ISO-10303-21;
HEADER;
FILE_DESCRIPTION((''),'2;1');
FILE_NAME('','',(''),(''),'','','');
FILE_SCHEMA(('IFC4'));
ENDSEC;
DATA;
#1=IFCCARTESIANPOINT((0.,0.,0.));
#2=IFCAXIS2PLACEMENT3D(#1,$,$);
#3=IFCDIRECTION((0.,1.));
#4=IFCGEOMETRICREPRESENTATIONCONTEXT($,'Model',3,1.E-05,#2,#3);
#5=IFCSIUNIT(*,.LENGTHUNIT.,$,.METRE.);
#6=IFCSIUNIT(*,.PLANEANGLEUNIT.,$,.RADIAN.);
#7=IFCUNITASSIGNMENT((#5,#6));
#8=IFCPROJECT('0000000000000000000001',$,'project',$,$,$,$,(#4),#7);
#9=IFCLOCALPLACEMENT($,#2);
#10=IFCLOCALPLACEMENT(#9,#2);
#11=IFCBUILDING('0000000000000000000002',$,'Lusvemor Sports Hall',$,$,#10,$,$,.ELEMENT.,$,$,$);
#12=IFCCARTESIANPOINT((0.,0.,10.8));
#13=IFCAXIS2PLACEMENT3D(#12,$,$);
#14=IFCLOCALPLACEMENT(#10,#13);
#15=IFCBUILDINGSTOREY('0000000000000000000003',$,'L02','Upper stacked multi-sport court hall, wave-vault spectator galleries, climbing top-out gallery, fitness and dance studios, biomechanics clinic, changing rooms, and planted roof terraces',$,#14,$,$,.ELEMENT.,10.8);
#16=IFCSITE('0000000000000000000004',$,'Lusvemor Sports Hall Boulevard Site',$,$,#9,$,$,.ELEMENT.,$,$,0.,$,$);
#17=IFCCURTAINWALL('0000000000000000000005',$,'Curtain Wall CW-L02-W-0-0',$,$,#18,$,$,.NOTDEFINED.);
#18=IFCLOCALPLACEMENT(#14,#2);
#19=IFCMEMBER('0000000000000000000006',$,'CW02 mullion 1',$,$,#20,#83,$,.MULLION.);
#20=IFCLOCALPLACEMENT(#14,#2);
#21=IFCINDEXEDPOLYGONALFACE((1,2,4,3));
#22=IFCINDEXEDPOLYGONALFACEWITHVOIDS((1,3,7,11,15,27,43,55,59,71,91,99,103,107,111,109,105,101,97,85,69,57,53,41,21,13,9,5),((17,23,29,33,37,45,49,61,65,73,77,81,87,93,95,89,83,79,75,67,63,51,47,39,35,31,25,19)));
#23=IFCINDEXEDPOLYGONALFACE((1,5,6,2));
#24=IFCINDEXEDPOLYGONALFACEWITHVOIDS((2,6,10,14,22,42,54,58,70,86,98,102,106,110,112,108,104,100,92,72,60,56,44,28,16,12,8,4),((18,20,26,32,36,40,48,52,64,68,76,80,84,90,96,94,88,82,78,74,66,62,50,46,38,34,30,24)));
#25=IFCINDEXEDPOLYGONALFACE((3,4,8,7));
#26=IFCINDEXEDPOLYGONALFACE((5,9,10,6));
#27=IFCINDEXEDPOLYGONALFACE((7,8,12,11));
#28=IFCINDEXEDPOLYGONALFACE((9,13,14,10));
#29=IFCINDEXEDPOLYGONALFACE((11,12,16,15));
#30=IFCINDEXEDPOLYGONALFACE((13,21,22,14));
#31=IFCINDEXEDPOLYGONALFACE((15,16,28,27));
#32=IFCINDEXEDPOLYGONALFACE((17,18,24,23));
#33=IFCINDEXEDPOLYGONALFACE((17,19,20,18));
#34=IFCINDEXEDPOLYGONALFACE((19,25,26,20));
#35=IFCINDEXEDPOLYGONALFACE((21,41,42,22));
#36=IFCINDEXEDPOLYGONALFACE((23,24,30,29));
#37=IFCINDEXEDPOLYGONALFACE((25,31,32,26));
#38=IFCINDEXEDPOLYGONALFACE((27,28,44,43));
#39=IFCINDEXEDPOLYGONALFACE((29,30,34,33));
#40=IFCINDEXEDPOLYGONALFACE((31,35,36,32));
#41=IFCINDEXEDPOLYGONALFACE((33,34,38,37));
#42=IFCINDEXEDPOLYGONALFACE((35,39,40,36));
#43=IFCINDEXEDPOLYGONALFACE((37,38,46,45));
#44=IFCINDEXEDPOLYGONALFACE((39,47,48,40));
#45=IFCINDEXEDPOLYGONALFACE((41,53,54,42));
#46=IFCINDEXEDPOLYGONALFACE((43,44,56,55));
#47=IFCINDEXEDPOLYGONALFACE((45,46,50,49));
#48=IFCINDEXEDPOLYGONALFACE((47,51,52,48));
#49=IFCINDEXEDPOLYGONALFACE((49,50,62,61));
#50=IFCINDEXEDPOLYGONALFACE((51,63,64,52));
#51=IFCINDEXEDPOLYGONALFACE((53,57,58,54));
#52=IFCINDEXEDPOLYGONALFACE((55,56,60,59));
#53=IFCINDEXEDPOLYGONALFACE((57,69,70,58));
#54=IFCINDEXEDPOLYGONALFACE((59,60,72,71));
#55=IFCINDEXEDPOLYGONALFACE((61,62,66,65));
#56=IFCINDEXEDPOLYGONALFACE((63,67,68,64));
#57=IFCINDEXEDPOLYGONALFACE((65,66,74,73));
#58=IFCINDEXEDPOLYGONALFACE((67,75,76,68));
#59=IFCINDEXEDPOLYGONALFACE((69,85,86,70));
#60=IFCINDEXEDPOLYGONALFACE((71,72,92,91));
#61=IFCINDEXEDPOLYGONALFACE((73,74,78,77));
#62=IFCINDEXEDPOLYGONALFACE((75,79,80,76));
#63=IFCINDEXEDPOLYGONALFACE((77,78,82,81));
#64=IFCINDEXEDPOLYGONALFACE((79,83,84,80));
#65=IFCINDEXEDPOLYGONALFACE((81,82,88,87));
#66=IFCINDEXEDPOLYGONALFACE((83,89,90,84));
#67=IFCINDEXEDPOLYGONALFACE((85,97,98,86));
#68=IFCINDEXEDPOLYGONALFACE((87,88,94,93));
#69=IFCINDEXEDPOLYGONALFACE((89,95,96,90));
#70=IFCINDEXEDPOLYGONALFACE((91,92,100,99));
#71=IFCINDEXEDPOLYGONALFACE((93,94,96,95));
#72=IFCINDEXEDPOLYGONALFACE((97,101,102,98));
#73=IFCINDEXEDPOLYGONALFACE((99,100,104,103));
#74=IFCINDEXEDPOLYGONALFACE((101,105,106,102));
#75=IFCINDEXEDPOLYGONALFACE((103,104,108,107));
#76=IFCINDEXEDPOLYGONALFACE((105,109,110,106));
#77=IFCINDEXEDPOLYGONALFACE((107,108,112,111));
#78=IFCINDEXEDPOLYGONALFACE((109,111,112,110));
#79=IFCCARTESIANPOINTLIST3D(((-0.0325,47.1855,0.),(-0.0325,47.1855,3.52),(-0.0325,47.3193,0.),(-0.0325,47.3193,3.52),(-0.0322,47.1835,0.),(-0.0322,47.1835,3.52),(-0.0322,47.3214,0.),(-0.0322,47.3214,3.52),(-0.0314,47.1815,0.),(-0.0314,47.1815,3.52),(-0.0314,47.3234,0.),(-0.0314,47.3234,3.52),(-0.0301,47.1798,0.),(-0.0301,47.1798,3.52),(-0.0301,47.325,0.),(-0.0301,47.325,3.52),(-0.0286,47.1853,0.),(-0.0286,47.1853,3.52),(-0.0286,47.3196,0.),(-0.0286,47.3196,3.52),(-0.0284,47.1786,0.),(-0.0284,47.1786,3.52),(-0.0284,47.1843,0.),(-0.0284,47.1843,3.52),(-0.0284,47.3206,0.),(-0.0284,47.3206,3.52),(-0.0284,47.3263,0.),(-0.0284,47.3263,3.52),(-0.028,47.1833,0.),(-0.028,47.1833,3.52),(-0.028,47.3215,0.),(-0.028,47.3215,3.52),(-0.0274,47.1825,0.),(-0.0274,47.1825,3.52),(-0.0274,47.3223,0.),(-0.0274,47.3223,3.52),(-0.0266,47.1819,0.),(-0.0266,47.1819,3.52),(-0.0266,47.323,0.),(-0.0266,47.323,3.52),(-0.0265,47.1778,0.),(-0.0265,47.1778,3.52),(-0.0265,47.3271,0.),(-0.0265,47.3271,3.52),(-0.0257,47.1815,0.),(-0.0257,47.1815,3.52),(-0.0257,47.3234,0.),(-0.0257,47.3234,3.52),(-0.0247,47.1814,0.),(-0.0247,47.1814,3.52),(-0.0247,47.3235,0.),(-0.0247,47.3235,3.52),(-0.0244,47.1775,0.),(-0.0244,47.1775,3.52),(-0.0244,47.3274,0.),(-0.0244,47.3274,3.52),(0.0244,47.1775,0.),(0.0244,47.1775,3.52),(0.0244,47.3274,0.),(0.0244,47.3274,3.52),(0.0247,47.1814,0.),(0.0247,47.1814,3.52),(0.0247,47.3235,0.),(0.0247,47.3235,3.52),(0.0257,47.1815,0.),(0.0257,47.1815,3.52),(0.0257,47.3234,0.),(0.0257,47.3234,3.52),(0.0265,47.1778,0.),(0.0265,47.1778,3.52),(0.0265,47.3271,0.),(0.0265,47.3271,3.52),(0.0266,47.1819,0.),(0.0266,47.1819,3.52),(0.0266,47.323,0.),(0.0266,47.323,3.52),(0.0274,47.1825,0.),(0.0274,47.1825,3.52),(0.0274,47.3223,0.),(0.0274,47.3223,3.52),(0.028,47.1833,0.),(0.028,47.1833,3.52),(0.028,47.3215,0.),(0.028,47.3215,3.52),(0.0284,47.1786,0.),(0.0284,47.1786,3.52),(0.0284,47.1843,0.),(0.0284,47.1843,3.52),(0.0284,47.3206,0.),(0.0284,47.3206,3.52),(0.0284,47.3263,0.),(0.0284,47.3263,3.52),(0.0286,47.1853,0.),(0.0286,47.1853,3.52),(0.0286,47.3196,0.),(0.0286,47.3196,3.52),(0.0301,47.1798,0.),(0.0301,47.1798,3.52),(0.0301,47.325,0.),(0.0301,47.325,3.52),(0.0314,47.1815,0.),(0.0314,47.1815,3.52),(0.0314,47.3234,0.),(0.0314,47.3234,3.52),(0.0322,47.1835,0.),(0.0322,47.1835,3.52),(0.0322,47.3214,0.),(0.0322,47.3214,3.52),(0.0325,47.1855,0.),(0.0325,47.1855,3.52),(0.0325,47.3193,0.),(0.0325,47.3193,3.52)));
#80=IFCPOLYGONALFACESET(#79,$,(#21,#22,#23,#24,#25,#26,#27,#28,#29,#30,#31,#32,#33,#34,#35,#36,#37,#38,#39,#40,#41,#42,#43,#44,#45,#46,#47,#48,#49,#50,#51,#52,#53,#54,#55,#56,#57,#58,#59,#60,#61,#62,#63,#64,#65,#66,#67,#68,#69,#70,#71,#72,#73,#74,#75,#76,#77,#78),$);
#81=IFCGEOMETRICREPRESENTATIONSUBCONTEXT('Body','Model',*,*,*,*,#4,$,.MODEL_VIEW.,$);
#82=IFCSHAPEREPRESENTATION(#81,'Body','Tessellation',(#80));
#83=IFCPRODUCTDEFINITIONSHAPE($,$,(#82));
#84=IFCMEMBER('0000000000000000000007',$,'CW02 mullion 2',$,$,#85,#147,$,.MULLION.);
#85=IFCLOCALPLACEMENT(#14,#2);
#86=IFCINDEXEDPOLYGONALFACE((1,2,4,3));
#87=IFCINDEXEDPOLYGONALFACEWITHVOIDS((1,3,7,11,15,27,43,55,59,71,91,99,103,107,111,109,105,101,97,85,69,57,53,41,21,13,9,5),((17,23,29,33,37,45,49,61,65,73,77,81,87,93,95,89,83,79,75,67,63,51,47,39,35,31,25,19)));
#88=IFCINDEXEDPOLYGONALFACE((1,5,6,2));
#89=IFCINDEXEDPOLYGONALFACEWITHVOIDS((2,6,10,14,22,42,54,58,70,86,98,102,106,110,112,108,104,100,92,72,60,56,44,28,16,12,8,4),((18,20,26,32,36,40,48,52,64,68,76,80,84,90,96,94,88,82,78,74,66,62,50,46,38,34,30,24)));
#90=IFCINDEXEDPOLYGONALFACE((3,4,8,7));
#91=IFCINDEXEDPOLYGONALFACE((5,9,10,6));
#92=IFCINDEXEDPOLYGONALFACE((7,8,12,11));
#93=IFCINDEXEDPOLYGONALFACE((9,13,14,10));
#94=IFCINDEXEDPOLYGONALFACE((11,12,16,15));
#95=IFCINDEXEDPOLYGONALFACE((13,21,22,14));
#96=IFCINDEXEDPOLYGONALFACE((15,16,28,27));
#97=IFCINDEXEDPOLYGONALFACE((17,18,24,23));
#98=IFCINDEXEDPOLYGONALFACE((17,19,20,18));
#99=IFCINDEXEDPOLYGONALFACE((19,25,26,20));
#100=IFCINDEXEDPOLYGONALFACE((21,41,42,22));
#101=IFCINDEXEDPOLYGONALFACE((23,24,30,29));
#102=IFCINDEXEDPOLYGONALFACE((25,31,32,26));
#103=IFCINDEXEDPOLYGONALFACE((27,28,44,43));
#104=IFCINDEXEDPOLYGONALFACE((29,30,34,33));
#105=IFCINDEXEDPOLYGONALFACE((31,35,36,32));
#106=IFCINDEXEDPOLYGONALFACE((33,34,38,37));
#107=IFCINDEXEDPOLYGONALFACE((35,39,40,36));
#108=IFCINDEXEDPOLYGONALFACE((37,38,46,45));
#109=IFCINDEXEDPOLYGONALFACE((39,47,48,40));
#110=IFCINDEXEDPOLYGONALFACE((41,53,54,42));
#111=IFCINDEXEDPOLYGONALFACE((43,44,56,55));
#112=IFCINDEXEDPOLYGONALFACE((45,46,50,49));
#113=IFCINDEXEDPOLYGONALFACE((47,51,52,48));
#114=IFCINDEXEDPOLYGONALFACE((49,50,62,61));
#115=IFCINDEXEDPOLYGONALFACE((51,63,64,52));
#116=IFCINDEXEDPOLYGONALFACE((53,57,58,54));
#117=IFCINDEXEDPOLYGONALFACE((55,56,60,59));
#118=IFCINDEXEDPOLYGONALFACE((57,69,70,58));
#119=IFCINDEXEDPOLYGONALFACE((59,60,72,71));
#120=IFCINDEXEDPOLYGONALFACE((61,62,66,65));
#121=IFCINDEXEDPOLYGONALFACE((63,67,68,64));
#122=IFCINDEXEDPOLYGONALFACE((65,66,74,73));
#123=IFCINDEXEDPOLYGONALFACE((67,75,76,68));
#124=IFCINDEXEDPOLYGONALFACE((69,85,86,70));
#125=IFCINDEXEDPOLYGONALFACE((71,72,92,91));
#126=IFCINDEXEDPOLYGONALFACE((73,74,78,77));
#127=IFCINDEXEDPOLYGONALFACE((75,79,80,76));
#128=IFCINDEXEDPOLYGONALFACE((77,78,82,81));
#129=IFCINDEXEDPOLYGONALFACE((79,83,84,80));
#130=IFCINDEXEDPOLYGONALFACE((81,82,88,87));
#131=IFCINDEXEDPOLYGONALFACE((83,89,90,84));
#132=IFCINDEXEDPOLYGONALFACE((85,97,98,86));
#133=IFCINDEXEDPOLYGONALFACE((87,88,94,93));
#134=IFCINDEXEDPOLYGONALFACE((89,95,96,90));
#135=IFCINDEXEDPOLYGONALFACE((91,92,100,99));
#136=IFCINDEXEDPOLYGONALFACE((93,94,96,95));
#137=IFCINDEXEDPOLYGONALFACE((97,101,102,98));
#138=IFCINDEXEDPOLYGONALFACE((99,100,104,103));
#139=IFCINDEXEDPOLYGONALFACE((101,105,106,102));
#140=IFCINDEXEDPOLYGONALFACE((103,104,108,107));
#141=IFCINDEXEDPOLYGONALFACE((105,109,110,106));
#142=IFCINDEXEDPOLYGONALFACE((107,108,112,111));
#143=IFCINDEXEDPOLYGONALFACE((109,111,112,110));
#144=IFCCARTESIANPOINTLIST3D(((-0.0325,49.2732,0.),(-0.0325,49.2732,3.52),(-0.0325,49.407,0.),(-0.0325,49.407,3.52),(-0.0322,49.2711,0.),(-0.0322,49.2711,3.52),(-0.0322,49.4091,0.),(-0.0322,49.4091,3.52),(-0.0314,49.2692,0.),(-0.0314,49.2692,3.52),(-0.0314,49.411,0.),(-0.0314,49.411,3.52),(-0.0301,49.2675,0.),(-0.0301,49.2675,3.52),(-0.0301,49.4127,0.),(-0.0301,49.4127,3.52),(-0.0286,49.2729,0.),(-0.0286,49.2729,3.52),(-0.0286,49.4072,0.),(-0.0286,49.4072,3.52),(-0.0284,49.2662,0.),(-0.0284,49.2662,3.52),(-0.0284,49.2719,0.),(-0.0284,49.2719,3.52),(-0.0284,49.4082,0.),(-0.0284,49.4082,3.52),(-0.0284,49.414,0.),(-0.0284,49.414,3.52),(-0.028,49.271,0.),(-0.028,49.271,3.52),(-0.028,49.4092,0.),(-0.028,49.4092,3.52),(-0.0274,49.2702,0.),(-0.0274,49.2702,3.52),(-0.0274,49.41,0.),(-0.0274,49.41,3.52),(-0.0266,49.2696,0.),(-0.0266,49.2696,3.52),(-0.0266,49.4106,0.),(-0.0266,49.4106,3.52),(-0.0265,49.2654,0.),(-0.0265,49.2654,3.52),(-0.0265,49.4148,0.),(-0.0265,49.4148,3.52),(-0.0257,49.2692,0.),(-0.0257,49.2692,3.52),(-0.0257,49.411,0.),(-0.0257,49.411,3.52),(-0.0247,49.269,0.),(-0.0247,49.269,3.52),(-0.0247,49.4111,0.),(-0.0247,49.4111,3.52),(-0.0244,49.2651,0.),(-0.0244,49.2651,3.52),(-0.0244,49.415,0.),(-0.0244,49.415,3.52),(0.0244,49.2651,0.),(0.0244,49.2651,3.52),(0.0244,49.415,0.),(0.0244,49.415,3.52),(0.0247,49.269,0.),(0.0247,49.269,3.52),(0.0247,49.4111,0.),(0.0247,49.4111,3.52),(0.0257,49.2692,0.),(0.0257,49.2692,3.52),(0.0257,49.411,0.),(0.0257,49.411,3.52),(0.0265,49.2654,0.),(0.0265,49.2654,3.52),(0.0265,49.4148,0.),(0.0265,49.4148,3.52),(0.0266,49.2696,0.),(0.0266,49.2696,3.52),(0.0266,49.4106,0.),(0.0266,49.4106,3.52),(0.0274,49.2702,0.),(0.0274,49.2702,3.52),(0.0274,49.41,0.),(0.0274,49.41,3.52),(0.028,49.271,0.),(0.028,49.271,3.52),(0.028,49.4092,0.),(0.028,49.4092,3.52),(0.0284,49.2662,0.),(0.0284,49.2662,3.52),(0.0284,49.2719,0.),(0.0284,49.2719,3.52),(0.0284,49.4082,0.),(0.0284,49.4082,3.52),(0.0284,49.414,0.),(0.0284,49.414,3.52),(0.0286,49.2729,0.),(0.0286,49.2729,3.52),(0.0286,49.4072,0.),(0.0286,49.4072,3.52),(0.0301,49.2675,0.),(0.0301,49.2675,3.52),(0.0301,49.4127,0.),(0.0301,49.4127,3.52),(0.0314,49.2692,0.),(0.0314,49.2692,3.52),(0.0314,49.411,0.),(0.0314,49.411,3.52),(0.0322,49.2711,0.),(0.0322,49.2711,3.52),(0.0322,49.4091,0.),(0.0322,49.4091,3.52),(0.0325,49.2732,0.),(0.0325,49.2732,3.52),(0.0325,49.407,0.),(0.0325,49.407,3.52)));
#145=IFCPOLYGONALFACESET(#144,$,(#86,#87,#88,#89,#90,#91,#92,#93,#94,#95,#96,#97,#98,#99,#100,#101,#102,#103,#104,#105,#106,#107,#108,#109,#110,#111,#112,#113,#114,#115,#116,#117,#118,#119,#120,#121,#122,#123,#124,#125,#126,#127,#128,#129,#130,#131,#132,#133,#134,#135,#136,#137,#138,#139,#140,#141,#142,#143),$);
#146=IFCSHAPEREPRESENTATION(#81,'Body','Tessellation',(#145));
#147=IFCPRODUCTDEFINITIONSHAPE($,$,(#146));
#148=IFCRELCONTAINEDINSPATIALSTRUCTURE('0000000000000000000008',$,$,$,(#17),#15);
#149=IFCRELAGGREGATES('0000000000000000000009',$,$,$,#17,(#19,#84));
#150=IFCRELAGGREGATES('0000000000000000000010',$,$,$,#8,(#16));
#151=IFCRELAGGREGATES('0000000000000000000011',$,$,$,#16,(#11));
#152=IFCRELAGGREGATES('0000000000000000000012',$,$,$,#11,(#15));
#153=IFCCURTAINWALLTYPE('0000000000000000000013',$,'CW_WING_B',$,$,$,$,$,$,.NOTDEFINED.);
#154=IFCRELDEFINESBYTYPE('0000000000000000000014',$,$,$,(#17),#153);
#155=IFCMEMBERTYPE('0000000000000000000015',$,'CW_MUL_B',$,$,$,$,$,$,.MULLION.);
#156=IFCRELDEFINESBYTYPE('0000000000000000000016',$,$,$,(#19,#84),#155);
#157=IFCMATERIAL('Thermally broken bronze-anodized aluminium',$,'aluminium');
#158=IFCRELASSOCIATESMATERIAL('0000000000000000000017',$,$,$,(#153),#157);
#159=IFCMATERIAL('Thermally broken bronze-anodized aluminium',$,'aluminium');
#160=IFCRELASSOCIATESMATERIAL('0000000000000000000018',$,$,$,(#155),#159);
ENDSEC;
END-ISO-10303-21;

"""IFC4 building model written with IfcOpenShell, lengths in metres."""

from ifc_helpers import new_model, si_unit, direction, frame, origin, origin_2d, place, context, subcontext, project, spatial, hollow_rectangle, extrude, material, material_profile, profile_set, type_object, element, aggregate, save


model = new_model("IFC4")

# Units and contexts
model_context = context("Model", 3, precision=1e-05, world=origin(), true_north=direction((0.0, 1.0)))
body_context = subcontext(model_context, "Body", "Model", "MODEL_VIEW")
ifc_project = project(units=[si_unit("LENGTHUNIT", "METRE"), si_unit("PLANEANGLEUNIT", "RADIAN")], contexts=[model_context])

# Site, building, storey
site_placement = place(None, origin())
site = spatial("IfcSite", under=ifc_project, at=site_placement, Name="Lusvemor Sports Hall Boulevard Site", CompositionType="ELEMENT", RefElevation=0.0)
building_placement = place(site_placement, origin())
building = spatial("IfcBuilding", under=site, at=building_placement, Name="Lusvemor Sports Hall", CompositionType="ELEMENT")
storey_placement = place(building_placement, frame((0.0, 0.0, 10.8)))
storey = spatial("IfcBuildingStorey", under=building, at=storey_placement, Name="L02", Description="Upper stacked multi-sport court hall, wave-vault spectator galleries, climbing top-out gallery, fitness and dance studios, biomechanics clinic, changing rooms, and planted roof terraces", CompositionType="ELEMENT", Elevation=10.8)

# Curtain wall, members
ifc_material_1 = material(Name="Thermally broken bronze-anodized aluminium", Category="aluminium")
curtain_wall_type = type_object("IfcCurtainWallType", Name="CW_WING_B", PredefinedType="NOTDEFINED", material=ifc_material_1)
curtain_wall_placement = place(storey_placement, origin())
curtain_wall = element("IfcCurtainWall", 1, at=curtain_wall_placement, inside=storey, type_object=curtain_wall_type, Name="Curtain Wall CW-L02-W-0-0", PredefinedType="NOTDEFINED")
ifc_material_2 = material(Name="Thermally broken bronze-anodized aluminium", Category="aluminium")
ifc_material_profile_1 = material_profile(ifc_material_2, hollow_rectangle(XDim=0.0649, YDim=0.1499, WallThickness=0.0039, InnerFilletRadius=0.0039, OuterFilletRadius=0.0081, at=origin_2d()), Name="CWMUL150x65x4")
ifc_profile_set_1 = profile_set([ifc_material_profile_1], Name="Thermally broken bronze-anodized aluminium")
member_type_1 = type_object("IfcMemberType", Name="CW_MUL_B", PredefinedType="MULLION", material=ifc_profile_set_1)
member_1_placement = place(storey_placement, frame((0.0, 47.2524, 0.0), z_axis=(0.0, 0.0, 1.0), x_axis=(-1.0, 0.0, 0.0)))
member_1 = element("IfcMember", 2, at=member_1_placement, type_object=member_type_1, Name="CW02 mullion 1", PredefinedType="MULLION", context=body_context, shape_type="SweptSolid", body=[
    extrude(hollow_rectangle(XDim=0.0649, YDim=0.1499, WallThickness=0.0039, InnerFilletRadius=0.0039, OuterFilletRadius=0.0081, at=origin_2d()), origin(), (0.0, 0.0, 1.0), 3.52),
])
member_2_placement = place(storey_placement, frame((0.0, 49.3401, 0.0), z_axis=(0.0, 0.0, 1.0), x_axis=(-1.0, 0.0, 0.0)))
member_2 = element("IfcMember", 3, at=member_2_placement, type_object=member_type_1, Name="CW02 mullion 2", PredefinedType="MULLION", context=body_context, shape_type="SweptSolid", body=[
    extrude(hollow_rectangle(XDim=0.0649, YDim=0.1499, WallThickness=0.0039, InnerFilletRadius=0.0039, OuterFilletRadius=0.0081, at=origin_2d()), origin(), (0.0, 0.0, 1.0), 3.52),
])

aggregate(curtain_wall, [member_1, member_2])

save(model, "model.ifc")
